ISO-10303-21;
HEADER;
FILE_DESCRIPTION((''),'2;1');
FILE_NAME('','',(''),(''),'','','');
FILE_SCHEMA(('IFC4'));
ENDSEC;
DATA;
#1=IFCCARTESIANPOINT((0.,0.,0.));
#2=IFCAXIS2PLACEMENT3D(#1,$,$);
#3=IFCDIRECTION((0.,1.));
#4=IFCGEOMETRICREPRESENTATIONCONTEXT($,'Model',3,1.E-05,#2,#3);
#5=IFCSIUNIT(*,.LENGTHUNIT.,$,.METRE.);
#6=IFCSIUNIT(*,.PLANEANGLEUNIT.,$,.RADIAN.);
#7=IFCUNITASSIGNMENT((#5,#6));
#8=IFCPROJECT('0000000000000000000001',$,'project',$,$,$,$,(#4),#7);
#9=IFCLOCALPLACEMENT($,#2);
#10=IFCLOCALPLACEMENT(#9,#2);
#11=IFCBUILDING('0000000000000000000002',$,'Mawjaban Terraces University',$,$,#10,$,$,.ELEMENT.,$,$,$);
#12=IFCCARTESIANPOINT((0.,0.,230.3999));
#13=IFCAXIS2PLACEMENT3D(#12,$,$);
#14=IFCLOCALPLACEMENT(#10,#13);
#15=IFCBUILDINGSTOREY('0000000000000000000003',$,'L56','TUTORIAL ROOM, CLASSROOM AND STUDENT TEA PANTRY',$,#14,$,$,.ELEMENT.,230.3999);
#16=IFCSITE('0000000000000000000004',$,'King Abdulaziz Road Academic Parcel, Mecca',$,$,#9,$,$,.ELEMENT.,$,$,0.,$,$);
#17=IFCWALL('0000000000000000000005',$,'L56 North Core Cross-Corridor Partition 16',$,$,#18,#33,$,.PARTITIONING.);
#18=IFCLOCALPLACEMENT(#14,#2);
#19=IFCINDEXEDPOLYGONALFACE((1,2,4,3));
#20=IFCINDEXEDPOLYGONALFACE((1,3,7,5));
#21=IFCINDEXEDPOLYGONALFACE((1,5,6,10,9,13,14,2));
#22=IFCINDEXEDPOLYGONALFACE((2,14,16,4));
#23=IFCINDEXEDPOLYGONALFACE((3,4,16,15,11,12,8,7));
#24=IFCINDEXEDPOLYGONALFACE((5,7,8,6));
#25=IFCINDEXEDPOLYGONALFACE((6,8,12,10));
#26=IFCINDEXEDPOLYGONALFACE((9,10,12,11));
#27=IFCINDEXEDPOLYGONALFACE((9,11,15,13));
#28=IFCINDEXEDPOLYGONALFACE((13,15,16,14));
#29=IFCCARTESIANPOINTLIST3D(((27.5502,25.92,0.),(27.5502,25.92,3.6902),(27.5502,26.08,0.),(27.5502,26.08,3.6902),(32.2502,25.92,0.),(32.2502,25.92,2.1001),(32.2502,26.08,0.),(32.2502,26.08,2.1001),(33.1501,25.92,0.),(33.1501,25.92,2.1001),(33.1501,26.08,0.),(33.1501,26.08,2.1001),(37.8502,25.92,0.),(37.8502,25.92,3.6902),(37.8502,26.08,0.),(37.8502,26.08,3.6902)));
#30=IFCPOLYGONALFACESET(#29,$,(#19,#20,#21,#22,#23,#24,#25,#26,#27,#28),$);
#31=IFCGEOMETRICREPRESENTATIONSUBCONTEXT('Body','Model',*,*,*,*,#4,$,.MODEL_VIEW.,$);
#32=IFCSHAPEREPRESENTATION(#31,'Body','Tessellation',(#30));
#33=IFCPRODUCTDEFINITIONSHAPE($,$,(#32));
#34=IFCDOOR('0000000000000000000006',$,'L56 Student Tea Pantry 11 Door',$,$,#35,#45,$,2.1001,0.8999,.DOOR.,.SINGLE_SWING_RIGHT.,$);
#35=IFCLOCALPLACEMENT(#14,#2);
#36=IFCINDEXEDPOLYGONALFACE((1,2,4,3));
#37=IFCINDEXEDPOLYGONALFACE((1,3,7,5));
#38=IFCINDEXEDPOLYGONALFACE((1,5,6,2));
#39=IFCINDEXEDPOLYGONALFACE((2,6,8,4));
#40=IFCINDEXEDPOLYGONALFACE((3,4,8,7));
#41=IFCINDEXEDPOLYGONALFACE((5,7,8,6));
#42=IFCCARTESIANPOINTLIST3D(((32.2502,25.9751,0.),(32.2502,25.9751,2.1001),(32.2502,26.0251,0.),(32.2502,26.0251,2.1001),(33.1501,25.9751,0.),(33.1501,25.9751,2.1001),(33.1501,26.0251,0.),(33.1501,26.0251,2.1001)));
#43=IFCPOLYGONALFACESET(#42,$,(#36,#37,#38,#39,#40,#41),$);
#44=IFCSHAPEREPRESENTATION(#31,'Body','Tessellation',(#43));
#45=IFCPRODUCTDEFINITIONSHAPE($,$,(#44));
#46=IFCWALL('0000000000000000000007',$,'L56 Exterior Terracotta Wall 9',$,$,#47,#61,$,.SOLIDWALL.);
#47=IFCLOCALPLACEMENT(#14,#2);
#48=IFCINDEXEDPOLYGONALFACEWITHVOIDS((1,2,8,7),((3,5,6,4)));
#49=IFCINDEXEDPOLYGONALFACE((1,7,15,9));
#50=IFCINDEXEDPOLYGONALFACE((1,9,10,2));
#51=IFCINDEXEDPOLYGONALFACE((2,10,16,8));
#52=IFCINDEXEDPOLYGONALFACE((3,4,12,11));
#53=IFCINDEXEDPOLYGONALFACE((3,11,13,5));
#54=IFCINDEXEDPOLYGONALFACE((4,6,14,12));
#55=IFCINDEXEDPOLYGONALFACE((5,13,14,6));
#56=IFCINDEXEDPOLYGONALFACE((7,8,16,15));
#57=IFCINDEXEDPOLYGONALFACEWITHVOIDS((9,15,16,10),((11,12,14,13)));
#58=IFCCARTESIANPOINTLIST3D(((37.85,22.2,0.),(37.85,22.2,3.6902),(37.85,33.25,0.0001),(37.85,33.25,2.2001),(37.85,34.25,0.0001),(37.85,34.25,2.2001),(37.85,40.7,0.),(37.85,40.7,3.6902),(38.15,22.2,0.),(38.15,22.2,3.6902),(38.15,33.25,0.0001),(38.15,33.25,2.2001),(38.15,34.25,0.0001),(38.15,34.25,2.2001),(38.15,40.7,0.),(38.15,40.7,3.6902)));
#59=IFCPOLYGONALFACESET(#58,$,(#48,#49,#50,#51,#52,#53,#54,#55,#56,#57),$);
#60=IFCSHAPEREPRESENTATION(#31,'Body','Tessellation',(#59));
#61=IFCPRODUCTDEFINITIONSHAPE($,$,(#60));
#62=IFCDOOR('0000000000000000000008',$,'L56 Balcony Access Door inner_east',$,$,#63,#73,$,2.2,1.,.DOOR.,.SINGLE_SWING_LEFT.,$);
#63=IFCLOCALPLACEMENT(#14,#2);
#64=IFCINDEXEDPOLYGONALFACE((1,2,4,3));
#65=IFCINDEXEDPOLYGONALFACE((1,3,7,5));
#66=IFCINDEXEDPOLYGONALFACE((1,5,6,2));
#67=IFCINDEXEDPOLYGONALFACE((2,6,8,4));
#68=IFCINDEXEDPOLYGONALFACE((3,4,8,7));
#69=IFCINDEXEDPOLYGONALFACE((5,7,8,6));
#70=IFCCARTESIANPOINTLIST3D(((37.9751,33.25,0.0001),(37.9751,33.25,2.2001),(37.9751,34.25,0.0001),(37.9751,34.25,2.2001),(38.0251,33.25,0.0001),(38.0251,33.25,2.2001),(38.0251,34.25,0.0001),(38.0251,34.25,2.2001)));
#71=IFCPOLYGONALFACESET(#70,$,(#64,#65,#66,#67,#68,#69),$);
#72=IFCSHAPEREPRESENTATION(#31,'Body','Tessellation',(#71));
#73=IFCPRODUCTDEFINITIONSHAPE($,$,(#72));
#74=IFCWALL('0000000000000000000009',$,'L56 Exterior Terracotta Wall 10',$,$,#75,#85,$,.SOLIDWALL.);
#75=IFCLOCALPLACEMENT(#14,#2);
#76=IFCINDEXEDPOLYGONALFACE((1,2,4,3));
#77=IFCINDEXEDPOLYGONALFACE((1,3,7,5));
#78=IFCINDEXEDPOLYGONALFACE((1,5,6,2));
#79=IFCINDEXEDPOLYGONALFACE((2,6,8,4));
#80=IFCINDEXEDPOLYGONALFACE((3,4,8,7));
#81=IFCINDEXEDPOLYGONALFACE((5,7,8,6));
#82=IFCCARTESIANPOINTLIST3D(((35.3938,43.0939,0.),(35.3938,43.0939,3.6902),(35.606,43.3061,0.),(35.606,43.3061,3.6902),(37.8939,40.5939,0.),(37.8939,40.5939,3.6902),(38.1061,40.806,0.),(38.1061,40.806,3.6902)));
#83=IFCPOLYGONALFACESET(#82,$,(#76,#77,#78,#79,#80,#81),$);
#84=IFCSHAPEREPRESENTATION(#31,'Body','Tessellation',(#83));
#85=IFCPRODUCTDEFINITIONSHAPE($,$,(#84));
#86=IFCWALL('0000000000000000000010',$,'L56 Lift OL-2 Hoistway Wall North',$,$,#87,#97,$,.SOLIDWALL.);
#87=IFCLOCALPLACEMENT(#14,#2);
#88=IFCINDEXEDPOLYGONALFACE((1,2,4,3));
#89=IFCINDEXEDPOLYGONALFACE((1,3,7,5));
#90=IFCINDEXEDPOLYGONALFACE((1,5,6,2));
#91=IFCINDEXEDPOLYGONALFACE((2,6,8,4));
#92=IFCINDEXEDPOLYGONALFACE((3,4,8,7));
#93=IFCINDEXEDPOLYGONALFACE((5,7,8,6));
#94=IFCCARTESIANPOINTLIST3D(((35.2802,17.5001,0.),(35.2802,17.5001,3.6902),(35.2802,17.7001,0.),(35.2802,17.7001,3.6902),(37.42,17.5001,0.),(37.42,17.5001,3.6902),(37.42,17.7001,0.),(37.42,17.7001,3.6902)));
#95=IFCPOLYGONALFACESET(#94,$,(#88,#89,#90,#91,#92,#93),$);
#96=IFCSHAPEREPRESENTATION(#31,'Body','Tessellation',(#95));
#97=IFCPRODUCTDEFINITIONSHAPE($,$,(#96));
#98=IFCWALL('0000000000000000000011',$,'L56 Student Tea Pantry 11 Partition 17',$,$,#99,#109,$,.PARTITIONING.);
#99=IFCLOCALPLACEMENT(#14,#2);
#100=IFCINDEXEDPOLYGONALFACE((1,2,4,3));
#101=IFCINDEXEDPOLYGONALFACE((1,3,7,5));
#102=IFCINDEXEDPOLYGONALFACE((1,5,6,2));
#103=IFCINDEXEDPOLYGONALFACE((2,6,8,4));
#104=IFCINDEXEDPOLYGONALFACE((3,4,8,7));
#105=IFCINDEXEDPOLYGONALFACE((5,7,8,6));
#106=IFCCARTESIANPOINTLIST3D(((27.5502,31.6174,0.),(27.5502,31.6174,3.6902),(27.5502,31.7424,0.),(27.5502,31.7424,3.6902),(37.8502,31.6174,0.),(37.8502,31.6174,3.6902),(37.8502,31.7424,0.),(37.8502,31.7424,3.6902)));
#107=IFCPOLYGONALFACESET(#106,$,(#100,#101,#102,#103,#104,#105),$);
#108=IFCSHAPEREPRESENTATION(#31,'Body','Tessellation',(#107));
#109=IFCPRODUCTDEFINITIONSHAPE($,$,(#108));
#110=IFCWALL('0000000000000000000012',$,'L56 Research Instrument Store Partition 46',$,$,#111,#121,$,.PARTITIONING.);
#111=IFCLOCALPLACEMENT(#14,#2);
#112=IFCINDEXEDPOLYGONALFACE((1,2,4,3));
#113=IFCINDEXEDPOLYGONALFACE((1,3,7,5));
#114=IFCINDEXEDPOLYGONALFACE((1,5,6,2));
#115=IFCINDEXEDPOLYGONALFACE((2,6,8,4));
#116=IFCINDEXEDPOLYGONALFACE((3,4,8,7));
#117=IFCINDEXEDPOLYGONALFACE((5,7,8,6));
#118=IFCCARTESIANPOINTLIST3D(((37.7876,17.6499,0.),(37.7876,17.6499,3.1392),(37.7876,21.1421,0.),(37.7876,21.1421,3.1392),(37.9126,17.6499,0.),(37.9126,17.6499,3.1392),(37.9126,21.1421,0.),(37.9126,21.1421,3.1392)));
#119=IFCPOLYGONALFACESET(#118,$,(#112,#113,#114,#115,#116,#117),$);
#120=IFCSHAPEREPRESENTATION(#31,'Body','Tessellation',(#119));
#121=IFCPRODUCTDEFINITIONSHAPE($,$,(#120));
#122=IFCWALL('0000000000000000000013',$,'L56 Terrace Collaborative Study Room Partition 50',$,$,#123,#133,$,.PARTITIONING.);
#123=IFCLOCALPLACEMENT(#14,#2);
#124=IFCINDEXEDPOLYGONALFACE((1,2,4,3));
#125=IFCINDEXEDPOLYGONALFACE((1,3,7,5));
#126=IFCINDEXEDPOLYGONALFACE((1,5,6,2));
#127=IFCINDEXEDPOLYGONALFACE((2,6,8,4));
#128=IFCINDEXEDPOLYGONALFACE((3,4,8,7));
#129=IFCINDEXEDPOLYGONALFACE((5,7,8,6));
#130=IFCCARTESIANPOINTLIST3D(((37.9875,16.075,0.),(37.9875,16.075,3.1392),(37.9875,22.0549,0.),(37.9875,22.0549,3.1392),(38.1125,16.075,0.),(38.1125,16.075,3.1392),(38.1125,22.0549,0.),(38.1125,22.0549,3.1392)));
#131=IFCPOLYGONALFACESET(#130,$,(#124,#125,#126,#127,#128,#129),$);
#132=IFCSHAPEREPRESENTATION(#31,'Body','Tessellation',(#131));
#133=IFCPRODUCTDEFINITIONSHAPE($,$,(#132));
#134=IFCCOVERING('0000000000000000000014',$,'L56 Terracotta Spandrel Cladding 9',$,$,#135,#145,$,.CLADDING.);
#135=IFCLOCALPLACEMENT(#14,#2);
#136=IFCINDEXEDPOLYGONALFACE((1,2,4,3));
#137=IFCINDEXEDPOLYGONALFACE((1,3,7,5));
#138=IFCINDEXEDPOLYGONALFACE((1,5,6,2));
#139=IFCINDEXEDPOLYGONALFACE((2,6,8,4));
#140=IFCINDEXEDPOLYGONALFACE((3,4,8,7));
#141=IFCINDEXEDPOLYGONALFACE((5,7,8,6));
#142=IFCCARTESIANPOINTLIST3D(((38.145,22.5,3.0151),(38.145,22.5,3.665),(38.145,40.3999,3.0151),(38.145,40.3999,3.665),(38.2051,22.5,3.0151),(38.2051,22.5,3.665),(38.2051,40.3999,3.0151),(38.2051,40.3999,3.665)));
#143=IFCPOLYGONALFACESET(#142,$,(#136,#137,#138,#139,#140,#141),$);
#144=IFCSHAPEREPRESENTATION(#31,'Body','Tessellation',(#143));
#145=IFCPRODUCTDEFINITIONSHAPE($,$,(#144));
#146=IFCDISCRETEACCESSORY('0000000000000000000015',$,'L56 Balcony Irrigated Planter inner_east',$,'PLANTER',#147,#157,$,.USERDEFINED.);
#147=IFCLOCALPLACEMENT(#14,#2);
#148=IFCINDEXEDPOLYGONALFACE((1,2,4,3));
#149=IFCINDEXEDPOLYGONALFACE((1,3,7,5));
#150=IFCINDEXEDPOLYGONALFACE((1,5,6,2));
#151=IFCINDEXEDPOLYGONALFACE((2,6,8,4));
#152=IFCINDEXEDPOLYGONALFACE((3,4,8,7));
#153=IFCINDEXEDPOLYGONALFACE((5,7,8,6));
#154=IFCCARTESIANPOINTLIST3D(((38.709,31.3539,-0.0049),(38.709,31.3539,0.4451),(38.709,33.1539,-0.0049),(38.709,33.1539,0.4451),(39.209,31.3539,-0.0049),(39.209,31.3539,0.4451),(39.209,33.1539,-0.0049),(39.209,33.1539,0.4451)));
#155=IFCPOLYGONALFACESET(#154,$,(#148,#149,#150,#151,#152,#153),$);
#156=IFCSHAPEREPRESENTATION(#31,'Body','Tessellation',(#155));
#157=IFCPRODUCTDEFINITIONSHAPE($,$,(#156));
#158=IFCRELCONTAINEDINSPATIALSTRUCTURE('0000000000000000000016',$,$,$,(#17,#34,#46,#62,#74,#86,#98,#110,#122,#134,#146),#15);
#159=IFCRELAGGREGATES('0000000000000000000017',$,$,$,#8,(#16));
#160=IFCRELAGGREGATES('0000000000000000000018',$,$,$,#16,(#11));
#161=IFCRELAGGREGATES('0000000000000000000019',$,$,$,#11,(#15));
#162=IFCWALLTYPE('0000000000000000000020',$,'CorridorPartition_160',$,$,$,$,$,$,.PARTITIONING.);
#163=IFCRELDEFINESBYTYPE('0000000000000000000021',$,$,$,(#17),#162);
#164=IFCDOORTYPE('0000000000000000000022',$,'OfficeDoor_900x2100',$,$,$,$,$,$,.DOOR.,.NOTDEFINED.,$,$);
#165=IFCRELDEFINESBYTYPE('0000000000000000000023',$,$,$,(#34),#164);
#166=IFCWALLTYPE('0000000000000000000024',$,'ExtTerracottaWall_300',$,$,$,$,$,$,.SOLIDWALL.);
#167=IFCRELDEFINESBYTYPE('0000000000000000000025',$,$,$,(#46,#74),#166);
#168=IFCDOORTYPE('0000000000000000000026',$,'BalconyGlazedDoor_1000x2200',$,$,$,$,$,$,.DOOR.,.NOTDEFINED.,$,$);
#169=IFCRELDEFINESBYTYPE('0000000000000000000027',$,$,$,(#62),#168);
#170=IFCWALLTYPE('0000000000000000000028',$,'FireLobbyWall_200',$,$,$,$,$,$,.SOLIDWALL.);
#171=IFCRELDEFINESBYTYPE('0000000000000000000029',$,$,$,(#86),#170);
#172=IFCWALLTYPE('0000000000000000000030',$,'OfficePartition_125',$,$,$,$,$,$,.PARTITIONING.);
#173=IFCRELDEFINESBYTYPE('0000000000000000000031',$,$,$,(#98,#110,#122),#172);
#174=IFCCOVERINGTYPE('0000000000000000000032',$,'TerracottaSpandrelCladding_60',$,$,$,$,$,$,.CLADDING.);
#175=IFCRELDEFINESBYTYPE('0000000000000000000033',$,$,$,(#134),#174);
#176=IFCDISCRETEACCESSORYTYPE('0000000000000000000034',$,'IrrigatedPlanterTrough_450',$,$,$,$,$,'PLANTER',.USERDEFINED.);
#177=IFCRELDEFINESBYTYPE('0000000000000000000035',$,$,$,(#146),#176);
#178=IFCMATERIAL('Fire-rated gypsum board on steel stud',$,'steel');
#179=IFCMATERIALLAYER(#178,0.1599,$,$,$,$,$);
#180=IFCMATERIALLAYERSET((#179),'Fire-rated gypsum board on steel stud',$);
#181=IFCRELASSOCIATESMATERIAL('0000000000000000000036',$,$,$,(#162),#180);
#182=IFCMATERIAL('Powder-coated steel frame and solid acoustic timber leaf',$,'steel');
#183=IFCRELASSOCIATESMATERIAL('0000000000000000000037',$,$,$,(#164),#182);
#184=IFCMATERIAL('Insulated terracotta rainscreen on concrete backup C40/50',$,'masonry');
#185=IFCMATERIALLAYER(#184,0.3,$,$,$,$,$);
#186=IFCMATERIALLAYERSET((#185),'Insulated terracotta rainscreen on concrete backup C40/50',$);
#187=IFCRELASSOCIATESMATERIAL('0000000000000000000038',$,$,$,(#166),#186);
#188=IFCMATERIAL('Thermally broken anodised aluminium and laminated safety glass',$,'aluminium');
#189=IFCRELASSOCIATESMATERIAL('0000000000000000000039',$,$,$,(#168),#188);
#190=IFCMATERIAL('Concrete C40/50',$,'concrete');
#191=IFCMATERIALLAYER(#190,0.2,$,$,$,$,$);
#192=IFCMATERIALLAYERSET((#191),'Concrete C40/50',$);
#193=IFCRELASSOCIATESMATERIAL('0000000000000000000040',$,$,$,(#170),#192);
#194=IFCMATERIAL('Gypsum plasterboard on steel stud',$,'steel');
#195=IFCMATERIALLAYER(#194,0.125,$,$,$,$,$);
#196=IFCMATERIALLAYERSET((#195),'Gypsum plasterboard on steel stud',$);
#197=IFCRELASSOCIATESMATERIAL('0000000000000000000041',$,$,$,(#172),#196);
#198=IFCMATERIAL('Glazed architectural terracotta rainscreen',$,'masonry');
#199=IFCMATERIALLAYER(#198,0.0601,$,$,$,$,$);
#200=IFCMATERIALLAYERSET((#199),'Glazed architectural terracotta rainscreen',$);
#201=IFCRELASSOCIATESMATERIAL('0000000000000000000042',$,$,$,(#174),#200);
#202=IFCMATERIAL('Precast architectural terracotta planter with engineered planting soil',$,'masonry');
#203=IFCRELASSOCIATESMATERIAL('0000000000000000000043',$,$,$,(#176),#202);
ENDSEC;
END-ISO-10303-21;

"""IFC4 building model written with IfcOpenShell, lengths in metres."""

from ifc_helpers import new_model, si_unit, direction, frame, frame_2d, origin, origin_2d, place, context, subcontext, project, spatial, rectangle, extrude, material, layer, layer_set, type_object, element, fill, save


model = new_model("IFC4")

# Units and contexts
model_context = context("Model", 3, precision=1e-05, world=origin(), true_north=direction((0.0, 1.0)))
body_context = subcontext(model_context, "Body", "Model", "MODEL_VIEW")
ifc_project = project(units=[si_unit("LENGTHUNIT", "METRE"), si_unit("PLANEANGLEUNIT", "RADIAN")], contexts=[model_context])

# Site, building, storey
site_placement = place(None, origin())
site = spatial("IfcSite", under=ifc_project, at=site_placement, Name="King Abdulaziz Road Academic Parcel, Mecca", CompositionType="ELEMENT", RefElevation=0.0)
building_placement = place(site_placement, origin())
building = spatial("IfcBuilding", under=site, at=building_placement, Name="Mawjaban Terraces University", CompositionType="ELEMENT")
storey_placement = place(building_placement, frame((0.0, 0.0, 230.3999)))
storey = spatial("IfcBuildingStorey", under=building, at=storey_placement, Name="L56", Description="TUTORIAL ROOM, CLASSROOM AND STUDENT TEA PANTRY", CompositionType="ELEMENT", Elevation=230.3999)

# Shared definitions
ifc_material_1 = material(Name="Fire-rated gypsum board on steel stud", Category="steel")
ifc_layer_1 = layer(ifc_material_1, 0.1599)
ifc_layer_set_1 = layer_set([ifc_layer_1], Name="Fire-rated gypsum board on steel stud")
wall_type_1 = type_object("IfcWallType", Name="CorridorPartition_160", PredefinedType="PARTITIONING", material=ifc_layer_set_1)

# Walls, openings, doors
wall_1_placement = place(storey_placement, frame((37.8501, 26.0, 0.0), z_axis=(0.0, 0.0, 1.0), x_axis=(-1.0, 0.0, 0.0)))
wall_1 = element("IfcWall", 1, at=wall_1_placement, inside=storey, type_object=wall_type_1, Name="L56 North Core Cross-Corridor Partition 16", PredefinedType="PARTITIONING", context=body_context, shape_type="SweptSolid", body=[
    extrude(rectangle(XDim=10.3, YDim=0.1599, at=frame_2d((5.1499, 0.0))), origin(), (0.0, 0.0, 1.0), 3.6902),
])
opening_1_placement = place(wall_1_placement, frame((4.7, 0.0, 0.0)))
opening_1 = element("IfcOpeningElement", 2, at=opening_1_placement, cuts=wall_1, PredefinedType="OPENING", context=body_context, shape_type="SweptSolid", body=[
    extrude(rectangle(XDim=0.8999, YDim=2.1001, at=frame_2d((0.45, 1.05))), frame((0.0, 0.0898, 0.0), z_axis=(0.0, -1.0, 0.0), x_axis=(1.0, 0.0, 0.0)), (0.0, 0.0, 1.0), 0.1799),
])
ifc_material_2 = material(Name="Powder-coated steel frame and solid acoustic timber leaf", Category="steel")
door_type_1 = type_object("IfcDoorType", Name="OfficeDoor_900x2100", OperationType="NOTDEFINED", PredefinedType="DOOR", material=ifc_material_2)
door_1_placement = place(opening_1_placement, origin())
door_1 = element("IfcDoor", 3, at=door_1_placement, inside=storey, type_object=door_type_1, Name="L56 Student Tea Pantry 11 Door", OperationType="SINGLE_SWING_RIGHT", OverallHeight=2.1001, OverallWidth=0.8999, PredefinedType="DOOR", context=body_context, shape_type="SweptSolid", body=[
    extrude(rectangle(XDim=0.8999, YDim=2.1001, at=frame_2d((0.45, 1.05))), frame((0.0, 0.0249, 0.0), z_axis=(0.0, -1.0, 0.0), x_axis=(1.0, 0.0, 0.0)), (0.0, 0.0, 1.0), 0.05),
])
fill(opening_1, door_1)
ifc_material_3 = material(Name="Insulated terracotta rainscreen on concrete backup C40/50", Category="masonry")
ifc_layer_2 = layer(ifc_material_3, 0.3)
ifc_layer_set_2 = layer_set([ifc_layer_2], Name="Insulated terracotta rainscreen on concrete backup C40/50")
wall_type_2 = type_object("IfcWallType", Name="ExtTerracottaWall_300", PredefinedType="SOLIDWALL", material=ifc_layer_set_2)
wall_2_placement = place(storey_placement, frame((38.0, 22.2, 0.0), z_axis=(0.0, 0.0, 1.0), x_axis=(0.0, 1.0, 0.0)))
wall_2 = element("IfcWall", 4, at=wall_2_placement, inside=storey, type_object=wall_type_2, Name="L56 Exterior Terracotta Wall 9", PredefinedType="SOLIDWALL", context=body_context, shape_type="SweptSolid", body=[
    extrude(rectangle(XDim=18.5, YDim=0.3, at=frame_2d((9.25, 0.0))), origin(), (0.0, 0.0, 1.0), 3.6902),
])
opening_2_placement = place(wall_2_placement, frame((11.05, 0.0, 0.0)))
opening_2 = element("IfcOpeningElement", 5, at=opening_2_placement, cuts=wall_2, PredefinedType="OPENING", context=body_context, shape_type="SweptSolid", body=[
    extrude(rectangle(XDim=1.0, YDim=2.2, at=frame_2d((0.5, 1.1001))), frame((0.0, 0.1599, 0.0), z_axis=(0.0, -1.0, 0.0), x_axis=(1.0, 0.0, 0.0)), (0.0, 0.0, 1.0), 0.3201),
])
ifc_material_4 = material(Name="Thermally broken anodised aluminium and laminated safety glass", Category="aluminium")
door_type_2 = type_object("IfcDoorType", Name="BalconyGlazedDoor_1000x2200", OperationType="NOTDEFINED", PredefinedType="DOOR", material=ifc_material_4)
door_2_placement = place(opening_2_placement, origin())
door_2 = element("IfcDoor", 6, at=door_2_placement, inside=storey, type_object=door_type_2, Name="L56 Balcony Access Door inner_east", OperationType="SINGLE_SWING_LEFT", OverallHeight=2.2, OverallWidth=1.0, PredefinedType="DOOR", context=body_context, shape_type="SweptSolid", body=[
    extrude(rectangle(XDim=1.0, YDim=2.2, at=frame_2d((0.5, 1.1001))), frame((0.0, 0.0249, 0.0), z_axis=(0.0, -1.0, 0.0), x_axis=(1.0, 0.0, 0.0)), (0.0, 0.0, 1.0), 0.05),
])
fill(opening_2, door_2)

# Walls
wall_3_placement = place(storey_placement, frame((38.0, 40.7, 0.0), z_axis=(0.0, 0.0, 1.0), x_axis=(-0.707107, 0.707107, 0.0)))
element("IfcWall", 7, at=wall_3_placement, inside=storey, type_object=wall_type_2, Name="L56 Exterior Terracotta Wall 10", PredefinedType="SOLIDWALL", context=body_context, shape_type="SweptSolid", body=[
    extrude(rectangle(XDim=3.5356, YDim=0.3, at=frame_2d((1.7678, 0.0))), origin(), (0.0, 0.0, 1.0), 3.6902),
])
ifc_material_5 = material(Name="Concrete C40/50", Category="concrete")
ifc_layer_3 = layer(ifc_material_5, 0.2)
ifc_layer_set_3 = layer_set([ifc_layer_3], Name="Concrete C40/50")
wall_type_3 = type_object("IfcWallType", Name="FireLobbyWall_200", PredefinedType="SOLIDWALL", material=ifc_layer_set_3)
wall_4_placement = place(storey_placement, frame((37.4199, 17.6001, 0.0), z_axis=(0.0, 0.0, 1.0), x_axis=(-1.0, 0.0, 0.0)))
element("IfcWall", 8, at=wall_4_placement, inside=storey, type_object=wall_type_3, Name="L56 Lift OL-2 Hoistway Wall North", PredefinedType="SOLIDWALL", context=body_context, shape_type="SweptSolid", body=[
    extrude(rectangle(XDim=2.1399, YDim=0.2, at=frame_2d((1.0698, 0.0))), origin(), (0.0, 0.0, 1.0), 3.6902),
])
ifc_material_6 = material(Name="Gypsum plasterboard on steel stud", Category="steel")
ifc_layer_4 = layer(ifc_material_6, 0.125)
ifc_layer_set_4 = layer_set([ifc_layer_4], Name="Gypsum plasterboard on steel stud")
wall_type_4 = type_object("IfcWallType", Name="OfficePartition_125", PredefinedType="PARTITIONING", material=ifc_layer_set_4)
wall_5_placement = place(storey_placement, frame((37.8501, 31.6799, 0.0), z_axis=(0.0, 0.0, 1.0), x_axis=(-1.0, 0.0, 0.0)))
element("IfcWall", 9, at=wall_5_placement, inside=storey, type_object=wall_type_4, Name="L56 Student Tea Pantry 11 Partition 17", PredefinedType="PARTITIONING", context=body_context, shape_type="SweptSolid", body=[
    extrude(rectangle(XDim=10.3, YDim=0.125, at=frame_2d((5.1499, 0.0))), origin(), (0.0, 0.0, 1.0), 3.6902),
])
wall_6_placement = place(storey_placement, frame((37.8501, 17.6499, 0.0), z_axis=(0.0, 0.0, 1.0), x_axis=(0.0, 1.0, 0.0)))
element("IfcWall", 10, at=wall_6_placement, inside=storey, type_object=wall_type_4, Name="L56 Research Instrument Store Partition 46", PredefinedType="PARTITIONING", context=body_context, shape_type="SweptSolid", body=[
    extrude(rectangle(XDim=3.4922, YDim=0.125, at=frame_2d((1.7461, 0.0))), origin(), (0.0, 0.0, 1.0), 3.1392),
])
wall_7_placement = place(storey_placement, frame((38.05, 22.0549, 0.0), z_axis=(0.0, 0.0, 1.0), x_axis=(0.0, -1.0, 0.0)))
element("IfcWall", 11, at=wall_7_placement, inside=storey, type_object=wall_type_4, Name="L56 Terrace Collaborative Study Room Partition 50", PredefinedType="PARTITIONING", context=body_context, shape_type="SweptSolid", body=[
    extrude(rectangle(XDim=5.98, YDim=0.125, at=frame_2d((2.99, 0.0))), origin(), (0.0, 0.0, 1.0), 3.1392),
])

# Covering
ifc_material_7 = material(Name="Glazed architectural terracotta rainscreen", Category="masonry")
ifc_layer_5 = layer(ifc_material_7, 0.0601)
ifc_layer_set_5 = layer_set([ifc_layer_5], Name="Glazed architectural terracotta rainscreen")
covering_type = type_object("IfcCoveringType", Name="TerracottaSpandrelCladding_60", PredefinedType="CLADDING", material=ifc_layer_set_5)
covering_placement = place(storey_placement, frame((38.175, 31.45, 3.0151), z_axis=(0.0, 0.0, 1.0), x_axis=(0.0, 1.0, 0.0)))
element("IfcCovering", 12, at=covering_placement, inside=storey, type_object=covering_type, Name="L56 Terracotta Spandrel Cladding 9", PredefinedType="CLADDING", context=body_context, shape_type="SweptSolid", body=[
    extrude(rectangle(XDim=17.8999, YDim=0.0601, at=origin_2d()), origin(), (0.0, 0.0, 1.0), 0.6499),
])

# Discrete accessory
ifc_material_8 = material(Name="Precast architectural terracotta planter with engineered planting soil", Category="masonry")
discrete_accessory_type = type_object("IfcDiscreteAccessoryType", Name="IrrigatedPlanterTrough_450", ElementType="PLANTER", PredefinedType="USERDEFINED", material=ifc_material_8)
discrete_accessory_placement = place(storey_placement, frame((38.959, 32.2539, -0.0049), z_axis=(0.0, 0.0, 1.0), x_axis=(0.0, 1.0, 0.0)))
element("IfcDiscreteAccessory", 13, at=discrete_accessory_placement, inside=storey, type_object=discrete_accessory_type, Name="L56 Balcony Irrigated Planter inner_east", ObjectType="PLANTER", PredefinedType="USERDEFINED", context=body_context, shape_type="SweptSolid", body=[
    extrude(rectangle(XDim=1.8, YDim=0.5, at=origin_2d()), origin(), (0.0, 0.0, 1.0), 0.45),
])

save(model, "model.ifc")
